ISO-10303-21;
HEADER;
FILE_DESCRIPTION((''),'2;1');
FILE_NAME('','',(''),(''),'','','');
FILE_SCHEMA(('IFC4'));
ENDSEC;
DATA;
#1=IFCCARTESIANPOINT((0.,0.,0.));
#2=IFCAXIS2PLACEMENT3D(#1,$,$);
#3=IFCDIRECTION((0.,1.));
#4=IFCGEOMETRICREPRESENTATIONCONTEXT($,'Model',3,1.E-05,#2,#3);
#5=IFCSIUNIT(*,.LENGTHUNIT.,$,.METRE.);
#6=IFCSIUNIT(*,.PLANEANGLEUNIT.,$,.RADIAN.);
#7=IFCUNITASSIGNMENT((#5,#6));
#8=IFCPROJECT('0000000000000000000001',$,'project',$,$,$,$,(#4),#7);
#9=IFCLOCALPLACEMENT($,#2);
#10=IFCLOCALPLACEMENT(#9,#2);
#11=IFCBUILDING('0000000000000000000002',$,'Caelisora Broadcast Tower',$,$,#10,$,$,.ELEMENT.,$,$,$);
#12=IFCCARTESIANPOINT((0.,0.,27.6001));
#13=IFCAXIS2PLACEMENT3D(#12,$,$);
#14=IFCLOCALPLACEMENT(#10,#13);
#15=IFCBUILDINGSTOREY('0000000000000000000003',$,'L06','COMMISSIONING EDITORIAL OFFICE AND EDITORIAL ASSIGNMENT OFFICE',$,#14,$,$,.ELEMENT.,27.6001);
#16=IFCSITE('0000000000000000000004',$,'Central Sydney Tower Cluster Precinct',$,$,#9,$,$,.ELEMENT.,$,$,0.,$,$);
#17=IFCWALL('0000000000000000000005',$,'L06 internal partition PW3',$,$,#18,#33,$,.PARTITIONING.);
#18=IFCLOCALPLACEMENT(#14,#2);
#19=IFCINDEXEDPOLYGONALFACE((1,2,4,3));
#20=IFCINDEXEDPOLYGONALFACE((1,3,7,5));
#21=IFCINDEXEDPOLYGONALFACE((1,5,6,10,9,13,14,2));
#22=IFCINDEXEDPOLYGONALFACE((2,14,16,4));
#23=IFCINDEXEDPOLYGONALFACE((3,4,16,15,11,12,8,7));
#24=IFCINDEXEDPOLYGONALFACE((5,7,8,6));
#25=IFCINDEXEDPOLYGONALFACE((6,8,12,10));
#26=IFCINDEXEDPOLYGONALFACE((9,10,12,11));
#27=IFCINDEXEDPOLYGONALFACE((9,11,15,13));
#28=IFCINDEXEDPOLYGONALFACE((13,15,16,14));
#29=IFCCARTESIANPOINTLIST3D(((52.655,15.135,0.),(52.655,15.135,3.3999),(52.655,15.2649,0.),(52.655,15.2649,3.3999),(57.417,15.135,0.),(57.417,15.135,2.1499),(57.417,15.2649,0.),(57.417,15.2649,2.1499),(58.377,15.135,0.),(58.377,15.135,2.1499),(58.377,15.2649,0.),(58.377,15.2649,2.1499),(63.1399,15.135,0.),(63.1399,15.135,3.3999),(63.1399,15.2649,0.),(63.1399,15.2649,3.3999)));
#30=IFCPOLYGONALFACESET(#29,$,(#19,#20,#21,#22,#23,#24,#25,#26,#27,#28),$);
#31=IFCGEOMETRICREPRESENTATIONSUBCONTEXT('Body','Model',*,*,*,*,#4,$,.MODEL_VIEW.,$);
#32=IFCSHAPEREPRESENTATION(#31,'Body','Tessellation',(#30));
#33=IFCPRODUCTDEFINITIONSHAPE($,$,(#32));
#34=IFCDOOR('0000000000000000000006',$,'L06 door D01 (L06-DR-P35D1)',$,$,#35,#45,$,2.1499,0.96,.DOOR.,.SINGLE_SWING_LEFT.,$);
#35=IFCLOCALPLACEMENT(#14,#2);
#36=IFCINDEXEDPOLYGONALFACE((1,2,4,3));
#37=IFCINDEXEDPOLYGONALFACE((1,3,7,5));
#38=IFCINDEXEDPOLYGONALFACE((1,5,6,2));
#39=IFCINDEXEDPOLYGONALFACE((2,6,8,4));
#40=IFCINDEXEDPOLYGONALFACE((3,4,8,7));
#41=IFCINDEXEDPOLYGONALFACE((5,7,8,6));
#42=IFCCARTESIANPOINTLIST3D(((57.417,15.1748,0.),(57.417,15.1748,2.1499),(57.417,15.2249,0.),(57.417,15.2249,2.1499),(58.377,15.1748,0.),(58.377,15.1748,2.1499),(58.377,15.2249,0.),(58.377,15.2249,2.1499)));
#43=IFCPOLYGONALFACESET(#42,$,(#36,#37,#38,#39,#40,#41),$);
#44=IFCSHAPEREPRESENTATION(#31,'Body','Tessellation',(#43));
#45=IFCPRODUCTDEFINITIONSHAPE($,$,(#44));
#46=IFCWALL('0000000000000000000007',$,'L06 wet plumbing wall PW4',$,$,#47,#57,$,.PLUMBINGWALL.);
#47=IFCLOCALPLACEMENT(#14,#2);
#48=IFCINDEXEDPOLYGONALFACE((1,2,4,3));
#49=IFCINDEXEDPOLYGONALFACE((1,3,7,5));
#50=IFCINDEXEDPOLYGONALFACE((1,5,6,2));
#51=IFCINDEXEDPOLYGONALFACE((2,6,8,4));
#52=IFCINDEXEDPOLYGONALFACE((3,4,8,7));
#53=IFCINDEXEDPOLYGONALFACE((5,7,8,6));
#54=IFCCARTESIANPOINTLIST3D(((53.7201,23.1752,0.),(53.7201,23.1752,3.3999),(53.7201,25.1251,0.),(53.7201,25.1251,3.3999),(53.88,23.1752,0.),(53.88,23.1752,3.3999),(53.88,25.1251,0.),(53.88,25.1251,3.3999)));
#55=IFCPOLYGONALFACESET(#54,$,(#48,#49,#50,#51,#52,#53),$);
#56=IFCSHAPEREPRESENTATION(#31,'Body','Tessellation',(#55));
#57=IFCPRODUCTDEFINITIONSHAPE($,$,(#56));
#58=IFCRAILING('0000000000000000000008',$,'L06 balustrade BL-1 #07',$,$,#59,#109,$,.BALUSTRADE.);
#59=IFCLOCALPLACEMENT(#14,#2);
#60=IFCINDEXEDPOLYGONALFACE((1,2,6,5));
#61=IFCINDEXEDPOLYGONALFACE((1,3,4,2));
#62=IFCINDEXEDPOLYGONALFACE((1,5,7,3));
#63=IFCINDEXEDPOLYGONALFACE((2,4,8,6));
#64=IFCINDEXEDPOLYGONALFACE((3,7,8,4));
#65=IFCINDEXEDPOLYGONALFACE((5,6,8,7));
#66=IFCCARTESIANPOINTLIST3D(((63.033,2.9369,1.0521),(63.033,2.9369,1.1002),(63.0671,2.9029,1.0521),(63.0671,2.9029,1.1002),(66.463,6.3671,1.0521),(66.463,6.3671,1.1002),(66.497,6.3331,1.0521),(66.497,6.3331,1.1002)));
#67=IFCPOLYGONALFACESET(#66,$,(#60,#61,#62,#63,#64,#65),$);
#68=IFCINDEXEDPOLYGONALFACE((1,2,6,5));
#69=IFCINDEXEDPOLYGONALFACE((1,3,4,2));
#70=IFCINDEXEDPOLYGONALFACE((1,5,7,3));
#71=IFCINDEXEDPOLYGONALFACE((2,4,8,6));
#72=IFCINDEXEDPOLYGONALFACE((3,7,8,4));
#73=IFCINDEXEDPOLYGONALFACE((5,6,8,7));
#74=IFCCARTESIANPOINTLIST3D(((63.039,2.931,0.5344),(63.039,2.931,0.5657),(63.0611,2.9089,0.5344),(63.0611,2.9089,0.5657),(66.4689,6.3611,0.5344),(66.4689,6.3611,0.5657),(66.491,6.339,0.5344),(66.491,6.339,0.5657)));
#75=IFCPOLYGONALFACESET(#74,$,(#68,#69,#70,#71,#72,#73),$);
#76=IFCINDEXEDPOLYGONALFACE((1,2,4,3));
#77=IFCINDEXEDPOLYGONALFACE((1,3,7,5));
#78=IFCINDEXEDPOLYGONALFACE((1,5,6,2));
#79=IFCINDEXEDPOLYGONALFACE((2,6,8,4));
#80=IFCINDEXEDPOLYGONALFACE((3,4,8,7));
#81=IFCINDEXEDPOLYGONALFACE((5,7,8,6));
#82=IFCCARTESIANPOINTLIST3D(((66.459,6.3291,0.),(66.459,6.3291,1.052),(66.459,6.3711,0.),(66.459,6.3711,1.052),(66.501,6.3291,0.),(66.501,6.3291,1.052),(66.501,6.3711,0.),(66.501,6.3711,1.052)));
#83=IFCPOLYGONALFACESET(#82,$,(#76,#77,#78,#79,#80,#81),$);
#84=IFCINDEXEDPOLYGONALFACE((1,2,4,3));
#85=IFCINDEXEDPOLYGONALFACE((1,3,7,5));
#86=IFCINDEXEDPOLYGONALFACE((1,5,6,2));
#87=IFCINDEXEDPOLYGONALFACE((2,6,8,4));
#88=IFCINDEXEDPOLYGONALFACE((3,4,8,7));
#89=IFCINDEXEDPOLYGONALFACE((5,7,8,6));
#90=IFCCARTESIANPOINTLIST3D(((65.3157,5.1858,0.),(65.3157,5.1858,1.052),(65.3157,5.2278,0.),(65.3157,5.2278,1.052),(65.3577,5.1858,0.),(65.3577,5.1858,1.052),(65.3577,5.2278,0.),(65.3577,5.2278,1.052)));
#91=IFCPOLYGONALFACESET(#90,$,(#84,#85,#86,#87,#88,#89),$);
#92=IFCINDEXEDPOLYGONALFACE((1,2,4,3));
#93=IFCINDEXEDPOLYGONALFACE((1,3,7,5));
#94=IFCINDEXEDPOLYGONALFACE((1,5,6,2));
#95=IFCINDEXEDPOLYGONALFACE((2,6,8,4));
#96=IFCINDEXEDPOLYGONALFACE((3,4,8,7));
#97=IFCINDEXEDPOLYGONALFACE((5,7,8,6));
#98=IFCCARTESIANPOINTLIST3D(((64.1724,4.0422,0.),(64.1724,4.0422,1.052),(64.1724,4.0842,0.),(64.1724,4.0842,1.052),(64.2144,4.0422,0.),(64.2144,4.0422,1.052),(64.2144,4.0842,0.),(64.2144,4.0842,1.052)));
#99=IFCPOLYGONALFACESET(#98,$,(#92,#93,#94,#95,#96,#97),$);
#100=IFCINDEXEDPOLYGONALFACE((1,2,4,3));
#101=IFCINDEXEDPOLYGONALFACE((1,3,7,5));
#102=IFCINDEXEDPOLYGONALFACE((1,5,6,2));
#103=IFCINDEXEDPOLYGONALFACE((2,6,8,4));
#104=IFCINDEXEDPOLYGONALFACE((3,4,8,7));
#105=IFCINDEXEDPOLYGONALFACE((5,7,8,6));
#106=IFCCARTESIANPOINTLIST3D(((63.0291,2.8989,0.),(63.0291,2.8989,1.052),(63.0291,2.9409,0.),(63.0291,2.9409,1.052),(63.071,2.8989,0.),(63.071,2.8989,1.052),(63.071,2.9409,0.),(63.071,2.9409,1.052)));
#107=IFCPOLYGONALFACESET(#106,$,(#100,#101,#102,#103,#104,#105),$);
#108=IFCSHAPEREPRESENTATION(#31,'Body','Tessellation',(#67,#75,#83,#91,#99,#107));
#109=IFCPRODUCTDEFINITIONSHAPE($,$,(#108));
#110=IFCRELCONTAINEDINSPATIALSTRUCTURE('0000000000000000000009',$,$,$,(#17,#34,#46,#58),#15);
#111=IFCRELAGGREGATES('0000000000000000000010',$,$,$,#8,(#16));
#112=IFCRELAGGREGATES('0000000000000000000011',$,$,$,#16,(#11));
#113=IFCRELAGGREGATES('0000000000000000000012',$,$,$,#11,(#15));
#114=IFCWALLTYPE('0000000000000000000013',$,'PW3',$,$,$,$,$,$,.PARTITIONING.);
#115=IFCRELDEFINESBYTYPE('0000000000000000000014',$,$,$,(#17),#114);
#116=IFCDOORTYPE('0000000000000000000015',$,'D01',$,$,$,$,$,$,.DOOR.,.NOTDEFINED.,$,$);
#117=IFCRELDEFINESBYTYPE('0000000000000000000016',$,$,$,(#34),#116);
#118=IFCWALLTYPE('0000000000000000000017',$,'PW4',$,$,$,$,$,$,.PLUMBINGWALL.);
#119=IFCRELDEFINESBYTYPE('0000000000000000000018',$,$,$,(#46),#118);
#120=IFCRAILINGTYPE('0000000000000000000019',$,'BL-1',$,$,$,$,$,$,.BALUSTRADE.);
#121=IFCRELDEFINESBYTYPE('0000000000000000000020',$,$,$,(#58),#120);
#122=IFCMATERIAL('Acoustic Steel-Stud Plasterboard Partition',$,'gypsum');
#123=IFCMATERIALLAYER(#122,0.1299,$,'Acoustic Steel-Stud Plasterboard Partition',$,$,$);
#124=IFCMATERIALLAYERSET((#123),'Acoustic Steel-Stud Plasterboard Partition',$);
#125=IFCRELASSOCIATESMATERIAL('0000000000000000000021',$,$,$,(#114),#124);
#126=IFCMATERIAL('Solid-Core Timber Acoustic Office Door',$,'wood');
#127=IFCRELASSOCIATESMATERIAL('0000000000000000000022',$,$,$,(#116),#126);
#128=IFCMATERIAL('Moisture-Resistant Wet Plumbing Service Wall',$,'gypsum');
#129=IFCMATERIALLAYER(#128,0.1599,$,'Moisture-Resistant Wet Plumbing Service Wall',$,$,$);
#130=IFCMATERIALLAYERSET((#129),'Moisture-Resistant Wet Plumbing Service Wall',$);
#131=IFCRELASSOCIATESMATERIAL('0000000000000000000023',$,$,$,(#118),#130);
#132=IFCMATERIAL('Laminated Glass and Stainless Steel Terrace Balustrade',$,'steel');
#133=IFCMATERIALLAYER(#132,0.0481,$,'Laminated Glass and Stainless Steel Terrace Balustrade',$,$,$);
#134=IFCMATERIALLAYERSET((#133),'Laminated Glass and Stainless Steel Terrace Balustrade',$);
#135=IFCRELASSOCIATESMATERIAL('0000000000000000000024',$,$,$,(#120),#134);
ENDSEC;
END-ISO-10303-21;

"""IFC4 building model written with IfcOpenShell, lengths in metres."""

from ifc_helpers import new_model, si_unit, direction, frame, frame_2d, origin, origin_2d, place, context, subcontext, project, spatial, rectangle, extrude, material, layer, layer_set, type_object, element, fill, save


model = new_model("IFC4")

# Units and contexts
model_context = context("Model", 3, precision=1e-05, world=origin(), true_north=direction((0.0, 1.0)))
body_context = subcontext(model_context, "Body", "Model", "MODEL_VIEW")
ifc_project = project(units=[si_unit("LENGTHUNIT", "METRE"), si_unit("PLANEANGLEUNIT", "RADIAN")], contexts=[model_context])

# Site, building, storey
site_placement = place(None, origin())
site = spatial("IfcSite", under=ifc_project, at=site_placement, Name="Central Sydney Tower Cluster Precinct", CompositionType="ELEMENT", RefElevation=0.0)
building_placement = place(site_placement, origin())
building = spatial("IfcBuilding", under=site, at=building_placement, Name="Caelisora Broadcast Tower", CompositionType="ELEMENT")
storey_placement = place(building_placement, frame((0.0, 0.0, 27.6001)))
storey = spatial("IfcBuildingStorey", under=building, at=storey_placement, Name="L06", Description="COMMISSIONING EDITORIAL OFFICE AND EDITORIAL ASSIGNMENT OFFICE", CompositionType="ELEMENT", Elevation=27.6001)

# Wall, opening, door
ifc_material_1 = material(Name="Acoustic Steel-Stud Plasterboard Partition", Category="gypsum")
ifc_layer_1 = layer(ifc_material_1, 0.1299, Name="Acoustic Steel-Stud Plasterboard Partition")
ifc_layer_set_1 = layer_set([ifc_layer_1], Name="Acoustic Steel-Stud Plasterboard Partition")
wall_type_1 = type_object("IfcWallType", Name="PW3", PredefinedType="PARTITIONING", material=ifc_layer_set_1)
ifc_material_2 = material(Name="Solid-Core Timber Acoustic Office Door", Category="wood")
door_type_1 = type_object("IfcDoorType", Name="D01", OperationType="NOTDEFINED", PredefinedType="DOOR", material=ifc_material_2)
wall_1_placement = place(storey_placement, frame((52.655, 15.2, 0.0), z_axis=(0.0, 0.0, 1.0), x_axis=(1.0, 0.0, 0.0)))
wall_1 = element("IfcWall", 1, at=wall_1_placement, inside=storey, type_object=wall_type_1, Name="L06 internal partition PW3", PredefinedType="PARTITIONING", context=body_context, shape_type="SweptSolid", body=[
    extrude(rectangle(XDim=10.4849, YDim=0.1299, at=frame_2d((5.2424, 0.0))), origin(), (0.0, 0.0, 1.0), 3.3999),
])
opening_1_placement = place(wall_1_placement, frame((4.762, 0.0, 0.0)))
opening_1 = element("IfcOpeningElement", 2, at=opening_1_placement, cuts=wall_1, PredefinedType="OPENING", context=body_context, shape_type="SweptSolid", body=[
    extrude(rectangle(XDim=0.96, YDim=2.1499, at=frame_2d((0.48, 1.075))), frame((0.0, 0.0769, 0.0), z_axis=(0.0, -1.0, 0.0), x_axis=(1.0, 0.0, 0.0)), (0.0, 0.0, 1.0), 0.1538),
])
door_1_placement = place(opening_1_placement, origin())
door_1 = element("IfcDoor", 3, at=door_1_placement, inside=storey, type_object=door_type_1, Name="L06 door D01 (L06-DR-P35D1)", OperationType="SINGLE_SWING_LEFT", OverallHeight=2.1499, OverallWidth=0.96, PredefinedType="DOOR", context=body_context, shape_type="SweptSolid", body=[
    extrude(rectangle(XDim=0.96, YDim=2.1499, at=frame_2d((0.48, 1.075))), frame((0.0, 0.0249, 0.0), z_axis=(0.0, -1.0, 0.0), x_axis=(1.0, 0.0, 0.0)), (0.0, 0.0, 1.0), 0.05),
])
fill(opening_1, door_1)

# Wall
ifc_material_3 = material(Name="Moisture-Resistant Wet Plumbing Service Wall", Category="gypsum")
ifc_layer_2 = layer(ifc_material_3, 0.1599, Name="Moisture-Resistant Wet Plumbing Service Wall")
ifc_layer_set_2 = layer_set([ifc_layer_2], Name="Moisture-Resistant Wet Plumbing Service Wall")
wall_type_2 = type_object("IfcWallType", Name="PW4", PredefinedType="PLUMBINGWALL", material=ifc_layer_set_2)
wall_2_placement = place(storey_placement, frame((53.8, 23.175, 0.0), z_axis=(0.0, 0.0, 1.0), x_axis=(0.0, 1.0, 0.0)))
element("IfcWall", 4, at=wall_2_placement, inside=storey, type_object=wall_type_2, Name="L06 wet plumbing wall PW4", PredefinedType="PLUMBINGWALL", context=body_context, shape_type="SweptSolid", body=[
    extrude(rectangle(XDim=1.95, YDim=0.1599, at=frame_2d((0.9751, 0.0))), origin(), (0.0, 0.0, 1.0), 3.3999),
])

# Railing
ifc_material_4 = material(Name="Laminated Glass and Stainless Steel Terrace Balustrade", Category="steel")
ifc_layer_3 = layer(ifc_material_4, 0.0481, Name="Laminated Glass and Stainless Steel Terrace Balustrade")
ifc_layer_set_3 = layer_set([ifc_layer_3], Name="Laminated Glass and Stainless Steel Terrace Balustrade")
railing_type = type_object("IfcRailingType", Name="BL-1", PredefinedType="BALUSTRADE", material=ifc_layer_set_3)
railing_1_placement = place(storey_placement, frame((66.48, 6.3501, 0.0)))
element("IfcRailing", 5, at=railing_1_placement, inside=storey, type_object=railing_type, Name="L06 balustrade BL-1 #07", PredefinedType="BALUSTRADE", context=body_context, shape_type="SweptSolid", body=[
    extrude(rectangle(XDim=0.0481, YDim=0.0481, at=origin_2d()), frame((0.0, 0.0, 1.0762), z_axis=(-0.707082, -0.707132, 0.0), x_axis=(0.707132, -0.707082, 0.0)), (0.0, 0.0, 1.0), 4.8508),
    extrude(rectangle(XDim=0.0312, YDim=0.0312, at=origin_2d()), frame((0.0, 0.0, 0.55), z_axis=(-0.707082, -0.707132, 0.0), x_axis=(0.707132, -0.707082, 0.0)), (0.0, 0.0, 1.0), 4.8508),
    extrude(rectangle(XDim=0.042, YDim=0.042, at=origin_2d()), origin(), (0.0, 0.0, 1.0), 1.052),
    extrude(rectangle(XDim=0.042, YDim=0.042, at=origin_2d()), frame((-1.1433, -1.1433, 0.0)), (0.0, 0.0, 1.0), 1.052),
    extrude(rectangle(XDim=0.042, YDim=0.042, at=origin_2d()), frame((-2.2866, -2.2869, 0.0)), (0.0, 0.0, 1.0), 1.052),
    extrude(rectangle(XDim=0.042, YDim=0.042, at=origin_2d()), frame((-3.4299, -3.4302, 0.0)), (0.0, 0.0, 1.0), 1.052),
])

save(model, "model.ifc")
